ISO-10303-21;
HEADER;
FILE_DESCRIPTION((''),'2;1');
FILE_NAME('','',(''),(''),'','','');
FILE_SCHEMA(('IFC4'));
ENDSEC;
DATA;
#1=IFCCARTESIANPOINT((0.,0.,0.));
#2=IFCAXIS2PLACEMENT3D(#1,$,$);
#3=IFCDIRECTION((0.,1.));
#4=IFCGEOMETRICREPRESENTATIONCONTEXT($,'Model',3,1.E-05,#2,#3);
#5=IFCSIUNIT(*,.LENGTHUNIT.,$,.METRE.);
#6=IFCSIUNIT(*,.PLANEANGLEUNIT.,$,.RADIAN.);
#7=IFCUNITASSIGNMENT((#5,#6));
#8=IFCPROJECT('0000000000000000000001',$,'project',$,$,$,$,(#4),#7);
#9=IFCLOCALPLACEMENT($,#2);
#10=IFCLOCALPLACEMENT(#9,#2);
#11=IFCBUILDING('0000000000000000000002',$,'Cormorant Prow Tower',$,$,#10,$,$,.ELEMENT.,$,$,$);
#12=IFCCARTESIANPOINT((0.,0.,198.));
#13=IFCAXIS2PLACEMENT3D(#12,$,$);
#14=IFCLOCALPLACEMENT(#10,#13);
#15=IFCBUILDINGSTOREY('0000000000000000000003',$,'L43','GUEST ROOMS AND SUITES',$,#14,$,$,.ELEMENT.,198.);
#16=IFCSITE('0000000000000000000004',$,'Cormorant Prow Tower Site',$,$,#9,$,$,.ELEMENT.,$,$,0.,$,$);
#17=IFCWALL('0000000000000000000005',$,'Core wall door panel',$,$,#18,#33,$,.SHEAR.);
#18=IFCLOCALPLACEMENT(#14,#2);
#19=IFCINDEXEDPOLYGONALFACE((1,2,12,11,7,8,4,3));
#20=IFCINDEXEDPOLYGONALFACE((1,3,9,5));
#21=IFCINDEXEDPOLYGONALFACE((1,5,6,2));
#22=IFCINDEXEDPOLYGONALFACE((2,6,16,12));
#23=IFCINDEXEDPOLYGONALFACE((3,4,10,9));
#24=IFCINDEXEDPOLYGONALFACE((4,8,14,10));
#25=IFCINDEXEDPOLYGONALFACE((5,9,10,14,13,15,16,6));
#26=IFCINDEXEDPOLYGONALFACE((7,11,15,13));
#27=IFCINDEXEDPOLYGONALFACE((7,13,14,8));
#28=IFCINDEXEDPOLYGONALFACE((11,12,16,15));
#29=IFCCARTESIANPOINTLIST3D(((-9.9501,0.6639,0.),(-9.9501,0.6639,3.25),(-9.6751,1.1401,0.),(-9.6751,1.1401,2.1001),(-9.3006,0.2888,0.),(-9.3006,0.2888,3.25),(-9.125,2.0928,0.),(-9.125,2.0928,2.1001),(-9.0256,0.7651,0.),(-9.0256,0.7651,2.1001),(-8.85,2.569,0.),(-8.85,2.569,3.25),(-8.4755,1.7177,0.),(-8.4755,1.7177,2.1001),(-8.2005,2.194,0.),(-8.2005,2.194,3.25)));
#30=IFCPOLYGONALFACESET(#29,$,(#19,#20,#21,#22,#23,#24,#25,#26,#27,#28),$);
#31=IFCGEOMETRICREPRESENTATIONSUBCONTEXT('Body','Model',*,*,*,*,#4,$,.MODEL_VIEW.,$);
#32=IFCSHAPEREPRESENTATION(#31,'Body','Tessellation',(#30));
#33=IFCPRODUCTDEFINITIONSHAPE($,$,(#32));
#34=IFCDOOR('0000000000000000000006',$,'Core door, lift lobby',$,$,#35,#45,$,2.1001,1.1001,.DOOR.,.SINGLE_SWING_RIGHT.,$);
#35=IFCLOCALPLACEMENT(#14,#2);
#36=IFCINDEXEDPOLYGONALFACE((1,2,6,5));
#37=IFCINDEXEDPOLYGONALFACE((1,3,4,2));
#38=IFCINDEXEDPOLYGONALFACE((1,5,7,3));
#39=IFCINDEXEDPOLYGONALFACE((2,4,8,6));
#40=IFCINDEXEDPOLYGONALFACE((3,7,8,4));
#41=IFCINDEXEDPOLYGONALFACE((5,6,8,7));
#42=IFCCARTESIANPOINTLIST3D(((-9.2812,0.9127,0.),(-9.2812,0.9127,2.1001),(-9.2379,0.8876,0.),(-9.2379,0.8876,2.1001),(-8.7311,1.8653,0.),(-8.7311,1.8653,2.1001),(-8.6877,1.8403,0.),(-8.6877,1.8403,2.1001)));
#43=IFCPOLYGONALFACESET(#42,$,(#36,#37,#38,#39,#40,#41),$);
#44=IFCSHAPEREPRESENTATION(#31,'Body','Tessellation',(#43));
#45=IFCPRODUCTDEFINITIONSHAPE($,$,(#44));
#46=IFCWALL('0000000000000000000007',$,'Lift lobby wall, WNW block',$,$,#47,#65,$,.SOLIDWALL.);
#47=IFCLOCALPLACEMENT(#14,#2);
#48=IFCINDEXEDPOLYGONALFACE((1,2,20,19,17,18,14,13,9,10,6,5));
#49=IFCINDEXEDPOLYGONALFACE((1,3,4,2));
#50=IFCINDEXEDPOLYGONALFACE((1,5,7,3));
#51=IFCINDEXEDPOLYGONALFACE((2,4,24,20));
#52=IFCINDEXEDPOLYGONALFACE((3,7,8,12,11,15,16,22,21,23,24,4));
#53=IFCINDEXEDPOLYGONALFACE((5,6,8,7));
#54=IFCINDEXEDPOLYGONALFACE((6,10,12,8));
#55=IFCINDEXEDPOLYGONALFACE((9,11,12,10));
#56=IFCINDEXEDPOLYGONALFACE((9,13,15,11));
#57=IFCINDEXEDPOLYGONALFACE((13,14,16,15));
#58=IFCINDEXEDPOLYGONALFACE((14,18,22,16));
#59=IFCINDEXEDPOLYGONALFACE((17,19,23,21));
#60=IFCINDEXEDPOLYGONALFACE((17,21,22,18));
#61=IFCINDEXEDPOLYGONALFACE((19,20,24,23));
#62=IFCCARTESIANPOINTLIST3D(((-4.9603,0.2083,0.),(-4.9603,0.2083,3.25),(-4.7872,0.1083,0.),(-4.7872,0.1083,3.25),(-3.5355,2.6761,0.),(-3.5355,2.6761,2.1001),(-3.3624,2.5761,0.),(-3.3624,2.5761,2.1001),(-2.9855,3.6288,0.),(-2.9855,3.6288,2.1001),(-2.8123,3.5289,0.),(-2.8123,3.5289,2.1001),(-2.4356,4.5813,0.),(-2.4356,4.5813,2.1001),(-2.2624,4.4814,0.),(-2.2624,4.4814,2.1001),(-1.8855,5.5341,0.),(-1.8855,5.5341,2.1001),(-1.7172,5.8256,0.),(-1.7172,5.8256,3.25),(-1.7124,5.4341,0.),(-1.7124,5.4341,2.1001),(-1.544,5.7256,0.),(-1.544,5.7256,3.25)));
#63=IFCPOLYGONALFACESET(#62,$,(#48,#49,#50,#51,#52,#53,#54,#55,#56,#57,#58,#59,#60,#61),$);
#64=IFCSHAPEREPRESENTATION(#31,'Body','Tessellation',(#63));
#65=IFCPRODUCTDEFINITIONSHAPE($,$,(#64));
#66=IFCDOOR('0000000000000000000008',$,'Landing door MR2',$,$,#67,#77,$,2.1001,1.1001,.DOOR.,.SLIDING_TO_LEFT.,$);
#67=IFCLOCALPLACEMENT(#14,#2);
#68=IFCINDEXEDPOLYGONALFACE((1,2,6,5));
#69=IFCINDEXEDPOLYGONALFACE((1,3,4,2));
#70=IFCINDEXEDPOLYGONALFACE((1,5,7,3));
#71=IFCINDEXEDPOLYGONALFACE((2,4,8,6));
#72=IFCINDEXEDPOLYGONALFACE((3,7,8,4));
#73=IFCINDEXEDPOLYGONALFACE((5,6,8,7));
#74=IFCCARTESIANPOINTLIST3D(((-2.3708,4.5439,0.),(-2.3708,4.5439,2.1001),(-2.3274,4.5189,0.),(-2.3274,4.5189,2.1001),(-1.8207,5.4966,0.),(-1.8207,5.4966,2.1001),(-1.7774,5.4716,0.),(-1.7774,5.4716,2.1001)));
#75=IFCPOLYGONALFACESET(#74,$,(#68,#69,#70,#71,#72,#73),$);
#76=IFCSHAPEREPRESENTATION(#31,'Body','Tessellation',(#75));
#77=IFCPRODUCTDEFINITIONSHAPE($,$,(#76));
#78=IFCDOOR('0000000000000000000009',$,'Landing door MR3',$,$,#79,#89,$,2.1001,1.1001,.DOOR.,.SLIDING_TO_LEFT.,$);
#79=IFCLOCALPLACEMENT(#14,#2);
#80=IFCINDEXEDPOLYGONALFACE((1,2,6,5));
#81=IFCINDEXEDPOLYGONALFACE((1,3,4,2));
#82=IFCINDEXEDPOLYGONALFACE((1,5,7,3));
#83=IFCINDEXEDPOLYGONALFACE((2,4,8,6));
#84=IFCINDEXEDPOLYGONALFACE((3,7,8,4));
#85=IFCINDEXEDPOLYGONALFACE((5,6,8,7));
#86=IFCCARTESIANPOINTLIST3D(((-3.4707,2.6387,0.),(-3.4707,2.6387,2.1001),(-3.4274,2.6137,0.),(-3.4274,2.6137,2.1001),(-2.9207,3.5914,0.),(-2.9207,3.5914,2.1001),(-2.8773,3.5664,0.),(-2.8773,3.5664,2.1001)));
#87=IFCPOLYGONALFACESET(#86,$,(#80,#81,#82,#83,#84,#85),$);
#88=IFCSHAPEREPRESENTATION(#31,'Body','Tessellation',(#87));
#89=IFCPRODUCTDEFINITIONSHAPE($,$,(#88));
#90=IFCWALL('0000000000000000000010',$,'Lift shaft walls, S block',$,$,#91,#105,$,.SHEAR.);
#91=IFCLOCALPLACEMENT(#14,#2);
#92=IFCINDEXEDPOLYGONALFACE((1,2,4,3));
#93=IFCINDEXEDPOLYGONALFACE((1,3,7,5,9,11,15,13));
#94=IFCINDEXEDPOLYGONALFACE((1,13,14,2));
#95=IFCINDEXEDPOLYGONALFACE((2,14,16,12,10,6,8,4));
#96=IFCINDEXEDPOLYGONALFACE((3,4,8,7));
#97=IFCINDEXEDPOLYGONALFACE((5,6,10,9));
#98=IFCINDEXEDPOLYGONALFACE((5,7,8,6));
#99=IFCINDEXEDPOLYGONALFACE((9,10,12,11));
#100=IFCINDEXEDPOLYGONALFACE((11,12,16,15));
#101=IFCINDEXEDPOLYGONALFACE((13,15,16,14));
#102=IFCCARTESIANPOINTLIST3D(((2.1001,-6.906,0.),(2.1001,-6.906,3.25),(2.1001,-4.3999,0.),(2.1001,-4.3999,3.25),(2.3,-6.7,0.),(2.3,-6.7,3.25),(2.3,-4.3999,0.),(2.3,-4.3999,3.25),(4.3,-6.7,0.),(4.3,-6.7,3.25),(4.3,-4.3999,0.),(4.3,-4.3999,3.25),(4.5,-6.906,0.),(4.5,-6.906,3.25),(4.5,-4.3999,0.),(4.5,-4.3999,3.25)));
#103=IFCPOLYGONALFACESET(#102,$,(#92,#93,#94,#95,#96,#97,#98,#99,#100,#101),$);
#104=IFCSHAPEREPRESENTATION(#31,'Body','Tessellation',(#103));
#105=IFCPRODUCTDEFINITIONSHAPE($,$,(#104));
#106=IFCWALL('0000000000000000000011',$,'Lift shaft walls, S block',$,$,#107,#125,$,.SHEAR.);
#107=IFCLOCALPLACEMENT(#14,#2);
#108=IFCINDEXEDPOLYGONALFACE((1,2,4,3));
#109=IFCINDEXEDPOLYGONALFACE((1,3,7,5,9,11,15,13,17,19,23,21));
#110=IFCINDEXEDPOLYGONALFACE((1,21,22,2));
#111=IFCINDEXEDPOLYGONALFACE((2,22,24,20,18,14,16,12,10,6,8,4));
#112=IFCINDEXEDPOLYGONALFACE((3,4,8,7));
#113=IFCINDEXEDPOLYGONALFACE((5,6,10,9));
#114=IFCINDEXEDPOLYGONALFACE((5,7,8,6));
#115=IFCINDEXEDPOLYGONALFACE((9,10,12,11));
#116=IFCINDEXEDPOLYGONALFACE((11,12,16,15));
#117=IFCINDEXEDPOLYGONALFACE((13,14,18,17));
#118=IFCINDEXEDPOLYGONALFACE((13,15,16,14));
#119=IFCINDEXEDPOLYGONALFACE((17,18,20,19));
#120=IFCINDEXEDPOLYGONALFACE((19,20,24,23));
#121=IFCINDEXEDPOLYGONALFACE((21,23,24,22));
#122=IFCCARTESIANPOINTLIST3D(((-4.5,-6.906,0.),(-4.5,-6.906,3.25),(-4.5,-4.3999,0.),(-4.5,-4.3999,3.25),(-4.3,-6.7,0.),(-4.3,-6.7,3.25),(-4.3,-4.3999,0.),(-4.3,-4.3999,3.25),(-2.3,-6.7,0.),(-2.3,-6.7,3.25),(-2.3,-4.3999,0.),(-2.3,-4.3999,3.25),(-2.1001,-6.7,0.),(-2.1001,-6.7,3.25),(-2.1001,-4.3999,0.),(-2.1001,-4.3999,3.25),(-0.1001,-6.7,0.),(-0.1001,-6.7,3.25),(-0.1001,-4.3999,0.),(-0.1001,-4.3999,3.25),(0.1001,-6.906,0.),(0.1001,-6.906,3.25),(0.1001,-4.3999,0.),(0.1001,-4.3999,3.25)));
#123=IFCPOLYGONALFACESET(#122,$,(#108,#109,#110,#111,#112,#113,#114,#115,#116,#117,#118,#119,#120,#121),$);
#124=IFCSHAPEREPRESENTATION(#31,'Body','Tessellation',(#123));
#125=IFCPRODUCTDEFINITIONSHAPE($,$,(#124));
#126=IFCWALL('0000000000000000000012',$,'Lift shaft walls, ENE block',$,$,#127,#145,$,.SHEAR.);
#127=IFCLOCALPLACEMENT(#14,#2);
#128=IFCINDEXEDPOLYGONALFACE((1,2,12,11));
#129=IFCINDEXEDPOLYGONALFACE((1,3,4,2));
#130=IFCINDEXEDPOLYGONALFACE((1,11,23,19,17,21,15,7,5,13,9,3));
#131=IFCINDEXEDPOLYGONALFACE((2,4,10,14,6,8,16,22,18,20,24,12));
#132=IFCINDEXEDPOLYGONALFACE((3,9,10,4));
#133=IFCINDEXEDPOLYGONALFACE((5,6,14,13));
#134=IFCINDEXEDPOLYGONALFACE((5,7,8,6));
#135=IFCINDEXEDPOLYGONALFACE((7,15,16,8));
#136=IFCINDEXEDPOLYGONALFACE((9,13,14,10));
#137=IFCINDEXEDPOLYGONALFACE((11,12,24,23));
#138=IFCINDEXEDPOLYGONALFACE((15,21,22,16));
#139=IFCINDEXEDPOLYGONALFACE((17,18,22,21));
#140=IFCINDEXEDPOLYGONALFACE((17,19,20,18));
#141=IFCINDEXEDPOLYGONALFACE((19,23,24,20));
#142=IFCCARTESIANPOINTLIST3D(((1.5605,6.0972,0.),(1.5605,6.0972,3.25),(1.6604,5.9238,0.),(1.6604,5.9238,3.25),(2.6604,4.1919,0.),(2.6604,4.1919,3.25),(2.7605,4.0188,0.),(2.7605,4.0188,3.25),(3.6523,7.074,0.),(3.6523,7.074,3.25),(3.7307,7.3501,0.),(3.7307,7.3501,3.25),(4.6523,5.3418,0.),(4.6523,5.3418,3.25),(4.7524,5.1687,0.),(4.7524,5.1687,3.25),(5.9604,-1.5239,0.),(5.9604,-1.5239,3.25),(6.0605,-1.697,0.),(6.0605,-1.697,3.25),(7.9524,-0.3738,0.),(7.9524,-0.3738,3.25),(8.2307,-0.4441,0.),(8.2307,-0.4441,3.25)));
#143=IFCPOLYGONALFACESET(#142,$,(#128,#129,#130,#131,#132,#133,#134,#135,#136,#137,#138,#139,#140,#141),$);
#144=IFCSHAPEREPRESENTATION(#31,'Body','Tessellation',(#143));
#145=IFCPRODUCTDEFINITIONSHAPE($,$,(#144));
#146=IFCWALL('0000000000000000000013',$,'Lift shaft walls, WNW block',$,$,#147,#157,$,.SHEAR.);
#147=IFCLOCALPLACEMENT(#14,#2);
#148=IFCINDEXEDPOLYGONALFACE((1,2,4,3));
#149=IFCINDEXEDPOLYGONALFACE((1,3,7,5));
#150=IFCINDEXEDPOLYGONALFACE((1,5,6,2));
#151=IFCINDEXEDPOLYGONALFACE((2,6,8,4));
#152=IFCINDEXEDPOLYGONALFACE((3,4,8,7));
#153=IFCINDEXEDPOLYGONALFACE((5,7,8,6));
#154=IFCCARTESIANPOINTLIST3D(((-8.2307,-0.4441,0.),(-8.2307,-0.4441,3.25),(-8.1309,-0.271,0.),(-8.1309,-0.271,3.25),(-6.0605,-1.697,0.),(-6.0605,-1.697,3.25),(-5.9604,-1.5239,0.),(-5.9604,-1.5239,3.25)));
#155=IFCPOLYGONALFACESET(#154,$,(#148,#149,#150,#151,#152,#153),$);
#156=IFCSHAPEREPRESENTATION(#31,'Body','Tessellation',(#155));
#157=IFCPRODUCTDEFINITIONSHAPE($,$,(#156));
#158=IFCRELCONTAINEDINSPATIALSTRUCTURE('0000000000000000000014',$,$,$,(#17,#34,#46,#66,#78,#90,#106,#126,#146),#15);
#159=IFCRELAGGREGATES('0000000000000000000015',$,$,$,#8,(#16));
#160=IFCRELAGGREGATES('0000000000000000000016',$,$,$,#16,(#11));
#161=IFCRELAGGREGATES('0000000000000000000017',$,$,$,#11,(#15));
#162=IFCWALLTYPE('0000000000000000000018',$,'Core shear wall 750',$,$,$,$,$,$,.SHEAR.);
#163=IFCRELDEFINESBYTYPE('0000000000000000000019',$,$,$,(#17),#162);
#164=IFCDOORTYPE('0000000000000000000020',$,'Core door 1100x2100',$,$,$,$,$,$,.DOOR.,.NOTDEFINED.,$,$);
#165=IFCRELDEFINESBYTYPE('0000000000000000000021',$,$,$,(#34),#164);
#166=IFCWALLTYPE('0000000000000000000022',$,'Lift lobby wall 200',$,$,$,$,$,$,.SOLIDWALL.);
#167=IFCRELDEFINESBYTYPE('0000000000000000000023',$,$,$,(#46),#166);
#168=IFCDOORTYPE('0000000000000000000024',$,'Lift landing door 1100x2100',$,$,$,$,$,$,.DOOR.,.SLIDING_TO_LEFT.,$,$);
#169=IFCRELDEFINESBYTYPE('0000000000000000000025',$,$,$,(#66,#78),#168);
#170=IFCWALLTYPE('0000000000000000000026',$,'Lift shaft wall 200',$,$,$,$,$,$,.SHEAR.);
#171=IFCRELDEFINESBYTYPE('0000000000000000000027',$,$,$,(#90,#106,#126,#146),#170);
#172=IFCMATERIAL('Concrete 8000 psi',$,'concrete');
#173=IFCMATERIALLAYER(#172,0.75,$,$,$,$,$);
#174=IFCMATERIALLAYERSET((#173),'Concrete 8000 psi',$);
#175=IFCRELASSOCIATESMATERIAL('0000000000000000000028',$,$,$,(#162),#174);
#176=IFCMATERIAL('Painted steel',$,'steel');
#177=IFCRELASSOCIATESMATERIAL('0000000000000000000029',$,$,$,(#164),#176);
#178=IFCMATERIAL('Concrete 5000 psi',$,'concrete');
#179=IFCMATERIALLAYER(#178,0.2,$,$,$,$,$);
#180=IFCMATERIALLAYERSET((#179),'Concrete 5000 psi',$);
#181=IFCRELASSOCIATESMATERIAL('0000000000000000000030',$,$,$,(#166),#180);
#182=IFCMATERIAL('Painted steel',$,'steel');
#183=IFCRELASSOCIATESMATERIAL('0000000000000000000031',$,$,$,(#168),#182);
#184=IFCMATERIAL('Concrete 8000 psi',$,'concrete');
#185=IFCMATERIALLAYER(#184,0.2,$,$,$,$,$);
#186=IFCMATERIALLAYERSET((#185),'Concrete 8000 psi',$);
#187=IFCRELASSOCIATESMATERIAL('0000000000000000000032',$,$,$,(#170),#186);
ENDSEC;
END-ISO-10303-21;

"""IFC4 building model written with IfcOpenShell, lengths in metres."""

from ifc_helpers import new_model, si_unit, direction, frame, frame_2d, origin, place, context, subcontext, project, spatial, polyline, rectangle, outline, extrude, material, layer, layer_set, type_object, element, fill, save


model = new_model("IFC4")

# Units and contexts
model_context = context("Model", 3, precision=1e-05, world=origin(), true_north=direction((0.0, 1.0)))
body_context = subcontext(model_context, "Body", "Model", "MODEL_VIEW")
ifc_project = project(units=[si_unit("LENGTHUNIT", "METRE"), si_unit("PLANEANGLEUNIT", "RADIAN")], contexts=[model_context])

# Site, building, storey
site_placement = place(None, origin())
site = spatial("IfcSite", under=ifc_project, at=site_placement, Name="Cormorant Prow Tower Site", CompositionType="ELEMENT", RefElevation=0.0)
building_placement = place(site_placement, origin())
building = spatial("IfcBuilding", under=site, at=building_placement, Name="Cormorant Prow Tower", CompositionType="ELEMENT")
storey_placement = place(building_placement, frame((0.0, 0.0, 198.0)))
storey = spatial("IfcBuildingStorey", under=building, at=storey_placement, Name="L43", Description="GUEST ROOMS AND SUITES", CompositionType="ELEMENT", Elevation=198.0)

# Shared definitions
ifc_material_1 = material(Name="Concrete 8000 psi", Category="concrete")
ifc_layer_1 = layer(ifc_material_1, 0.75)
ifc_layer_set_1 = layer_set([ifc_layer_1], Name="Concrete 8000 psi")
wall_type_1 = type_object("IfcWallType", Name="Core shear wall 750", PredefinedType="SHEAR", material=ifc_layer_set_1)

# Wall, opening, door
wall_1_placement = place(storey_placement, frame((-8.5251, 2.3816, 0.0), z_axis=(0.0, 0.0, 1.0), x_axis=(-0.500078, -0.86598, 0.0)))
wall_1 = element("IfcWall", 1, at=wall_1_placement, inside=storey, type_object=wall_type_1, Name="Core wall door panel", PredefinedType="SHEAR", context=body_context, shape_type="SweptSolid", body=[
    extrude(rectangle(XDim=2.2, YDim=0.75, at=frame_2d((1.1001, 0.0))), origin(), (0.0, 0.0, 1.0), 3.25),
])
opening_1_placement = place(wall_1_placement, frame((0.55, 0.0, 0.0)))
opening_1 = element("IfcOpeningElement", 2, at=opening_1_placement, cuts=wall_1, PredefinedType="OPENING", context=body_context, shape_type="SweptSolid", body=[
    extrude(rectangle(XDim=1.1001, YDim=2.1001, at=frame_2d((0.55, 1.05))), frame((0.0, 0.385, 0.0), z_axis=(0.0, -1.0, 0.0), x_axis=(1.0, 0.0, 0.0)), (0.0, 0.0, 1.0), 0.77),
])
ifc_material_2 = material(Name="Painted steel", Category="steel")
door_type_1 = type_object("IfcDoorType", Name="Core door 1100x2100", OperationType="NOTDEFINED", PredefinedType="DOOR", material=ifc_material_2)
door_1_placement = place(opening_1_placement, origin())
door_1 = element("IfcDoor", 3, at=door_1_placement, inside=storey, type_object=door_type_1, Name="Core door, lift lobby", OperationType="SINGLE_SWING_RIGHT", OverallHeight=2.1001, OverallWidth=1.1001, PredefinedType="DOOR", context=body_context, shape_type="SweptSolid", body=[
    extrude(rectangle(XDim=1.1001, YDim=2.1001, at=frame_2d((0.55, 1.05))), frame((0.0, 0.1299, 0.0), z_axis=(0.0, -1.0, 0.0), x_axis=(1.0, 0.0, 0.0)), (0.0, 0.0, 1.0), 0.05),
])
fill(opening_1, door_1)

# Wall, openings, doors
ifc_material_3 = material(Name="Concrete 5000 psi", Category="concrete")
ifc_layer_2 = layer(ifc_material_3, 0.2)
ifc_layer_set_2 = layer_set([ifc_layer_2], Name="Concrete 5000 psi")
wall_type_2 = type_object("IfcWallType", Name="Lift lobby wall 200", PredefinedType="SOLIDWALL", material=ifc_layer_set_2)
wall_2_placement = place(storey_placement, frame((-1.6306, 5.7756, 0.0), z_axis=(0.0, 0.0, 1.0), x_axis=(-0.499993, -0.86603, 0.0)))
wall_2 = element("IfcWall", 4, at=wall_2_placement, inside=storey, type_object=wall_type_2, Name="Lift lobby wall, WNW block", PredefinedType="SOLIDWALL", context=body_context, shape_type="SweptSolid", body=[
    extrude(rectangle(XDim=6.4863, YDim=0.2, at=frame_2d((3.2432, 0.0))), origin(), (0.0, 0.0, 1.0), 3.25),
])
opening_2_placement = place(wall_2_placement, frame((0.3367, 0.0, 0.0)))
opening_2 = element("IfcOpeningElement", 5, at=opening_2_placement, cuts=wall_2, PredefinedType="OPENING", context=body_context, shape_type="SweptSolid", body=[
    extrude(rectangle(XDim=1.1001, YDim=2.1001, at=frame_2d((0.55, 1.05))), frame((0.0, 0.1099, 0.0), z_axis=(0.0, -1.0, 0.0), x_axis=(1.0, 0.0, 0.0)), (0.0, 0.0, 1.0), 0.22),
])
opening_3_placement = place(wall_2_placement, frame((2.5366, 0.0, 0.0)))
opening_3 = element("IfcOpeningElement", 6, at=opening_3_placement, cuts=wall_2, PredefinedType="OPENING", context=body_context, shape_type="SweptSolid", body=[
    extrude(rectangle(XDim=1.1001, YDim=2.1001, at=frame_2d((0.55, 1.05))), frame((0.0, 0.1099, 0.0), z_axis=(0.0, -1.0, 0.0), x_axis=(1.0, 0.0, 0.0)), (0.0, 0.0, 1.0), 0.22),
])
ifc_material_4 = material(Name="Painted steel", Category="steel")
door_type_2 = type_object("IfcDoorType", Name="Lift landing door 1100x2100", OperationType="SLIDING_TO_LEFT", PredefinedType="DOOR", material=ifc_material_4)
door_2_placement = place(opening_2_placement, origin())
door_2 = element("IfcDoor", 7, at=door_2_placement, inside=storey, type_object=door_type_2, Name="Landing door MR2", OperationType="SLIDING_TO_LEFT", OverallHeight=2.1001, OverallWidth=1.1001, PredefinedType="DOOR", context=body_context, shape_type="SweptSolid", body=[
    extrude(rectangle(XDim=1.1001, YDim=2.1001, at=frame_2d((0.55, 1.05))), frame((0.0, 0.0249, 0.0), z_axis=(0.0, -1.0, 0.0), x_axis=(1.0, 0.0, 0.0)), (0.0, 0.0, 1.0), 0.05),
])
fill(opening_2, door_2)
door_3_placement = place(opening_3_placement, origin())
door_3 = element("IfcDoor", 8, at=door_3_placement, inside=storey, type_object=door_type_2, Name="Landing door MR3", OperationType="SLIDING_TO_LEFT", OverallHeight=2.1001, OverallWidth=1.1001, PredefinedType="DOOR", context=body_context, shape_type="SweptSolid", body=[
    extrude(rectangle(XDim=1.1001, YDim=2.1001, at=frame_2d((0.55, 1.05))), frame((0.0, 0.0249, 0.0), z_axis=(0.0, -1.0, 0.0), x_axis=(1.0, 0.0, 0.0)), (0.0, 0.0, 1.0), 0.05),
])
fill(opening_3, door_3)

# Walls
ifc_material_5 = material(Name="Concrete 8000 psi", Category="concrete")
ifc_layer_3 = layer(ifc_material_5, 0.2)
ifc_layer_set_3 = layer_set([ifc_layer_3], Name="Concrete 8000 psi")
wall_type_3 = type_object("IfcWallType", Name="Lift shaft wall 200", PredefinedType="SHEAR", material=ifc_layer_set_3)
wall_3_placement = place(storey_placement, origin())
element("IfcWall", 9, at=wall_3_placement, inside=storey, type_object=wall_type_3, Name="Lift shaft walls, S block", PredefinedType="SHEAR", context=body_context, shape_type="SweptSolid", body=[
    extrude(outline(polyline([(4.5, -4.3999), (4.5, -6.906), (2.1001, -6.906), (2.1001, -4.3999), (2.3, -4.3999), (2.3, -6.7), (4.3, -6.7), (4.3, -4.3999), (4.5, -4.3999)])), origin(), (0.0, 0.0, 1.0), 3.25),
])
wall_4_placement = place(storey_placement, origin())
element("IfcWall", 10, at=wall_4_placement, inside=storey, type_object=wall_type_3, Name="Lift shaft walls, S block", PredefinedType="SHEAR", context=body_context, shape_type="SweptSolid", body=[
    extrude(outline(polyline([(0.1001, -4.3999), (0.1001, -6.906), (-4.5, -6.906), (-4.5, -4.3999), (-4.3, -4.3999), (-4.3, -6.7), (-2.3, -6.7), (-2.3, -4.3999), (-2.1001, -4.3999), (-2.1001, -6.7), (-0.1001, -6.7), (-0.1001, -4.3999), (0.1001, -4.3999)])), origin(), (0.0, 0.0, 1.0), 3.25),
])
wall_5_placement = place(storey_placement, origin())
element("IfcWall", 11, at=wall_5_placement, inside=storey, type_object=wall_type_3, Name="Lift shaft walls, ENE block", PredefinedType="SHEAR", context=body_context, shape_type="SweptSolid", body=[
    extrude(outline(polyline([(1.5605, 6.0972), (3.7307, 7.3501), (8.2307, -0.4441), (6.0605, -1.697), (5.9604, -1.5239), (7.9524, -0.3738), (4.7524, 5.1687), (2.7605, 4.0188), (2.6604, 4.1919), (4.6523, 5.3418), (3.6523, 7.074), (1.6604, 5.9238), (1.5605, 6.0972)])), origin(), (0.0, 0.0, 1.0), 3.25),
])
wall_6_placement = place(storey_placement, origin())
element("IfcWall", 12, at=wall_6_placement, inside=storey, type_object=wall_type_3, Name="Lift shaft walls, WNW block", PredefinedType="SHEAR", context=body_context, shape_type="SweptSolid", body=[
    extrude(outline(polyline([(-6.0605, -1.697), (-8.2307, -0.4441), (-8.1309, -0.271), (-5.9604, -1.5239), (-6.0605, -1.697)])), origin(), (0.0, 0.0, 1.0), 3.25),
])

save(model, "model.ifc")
